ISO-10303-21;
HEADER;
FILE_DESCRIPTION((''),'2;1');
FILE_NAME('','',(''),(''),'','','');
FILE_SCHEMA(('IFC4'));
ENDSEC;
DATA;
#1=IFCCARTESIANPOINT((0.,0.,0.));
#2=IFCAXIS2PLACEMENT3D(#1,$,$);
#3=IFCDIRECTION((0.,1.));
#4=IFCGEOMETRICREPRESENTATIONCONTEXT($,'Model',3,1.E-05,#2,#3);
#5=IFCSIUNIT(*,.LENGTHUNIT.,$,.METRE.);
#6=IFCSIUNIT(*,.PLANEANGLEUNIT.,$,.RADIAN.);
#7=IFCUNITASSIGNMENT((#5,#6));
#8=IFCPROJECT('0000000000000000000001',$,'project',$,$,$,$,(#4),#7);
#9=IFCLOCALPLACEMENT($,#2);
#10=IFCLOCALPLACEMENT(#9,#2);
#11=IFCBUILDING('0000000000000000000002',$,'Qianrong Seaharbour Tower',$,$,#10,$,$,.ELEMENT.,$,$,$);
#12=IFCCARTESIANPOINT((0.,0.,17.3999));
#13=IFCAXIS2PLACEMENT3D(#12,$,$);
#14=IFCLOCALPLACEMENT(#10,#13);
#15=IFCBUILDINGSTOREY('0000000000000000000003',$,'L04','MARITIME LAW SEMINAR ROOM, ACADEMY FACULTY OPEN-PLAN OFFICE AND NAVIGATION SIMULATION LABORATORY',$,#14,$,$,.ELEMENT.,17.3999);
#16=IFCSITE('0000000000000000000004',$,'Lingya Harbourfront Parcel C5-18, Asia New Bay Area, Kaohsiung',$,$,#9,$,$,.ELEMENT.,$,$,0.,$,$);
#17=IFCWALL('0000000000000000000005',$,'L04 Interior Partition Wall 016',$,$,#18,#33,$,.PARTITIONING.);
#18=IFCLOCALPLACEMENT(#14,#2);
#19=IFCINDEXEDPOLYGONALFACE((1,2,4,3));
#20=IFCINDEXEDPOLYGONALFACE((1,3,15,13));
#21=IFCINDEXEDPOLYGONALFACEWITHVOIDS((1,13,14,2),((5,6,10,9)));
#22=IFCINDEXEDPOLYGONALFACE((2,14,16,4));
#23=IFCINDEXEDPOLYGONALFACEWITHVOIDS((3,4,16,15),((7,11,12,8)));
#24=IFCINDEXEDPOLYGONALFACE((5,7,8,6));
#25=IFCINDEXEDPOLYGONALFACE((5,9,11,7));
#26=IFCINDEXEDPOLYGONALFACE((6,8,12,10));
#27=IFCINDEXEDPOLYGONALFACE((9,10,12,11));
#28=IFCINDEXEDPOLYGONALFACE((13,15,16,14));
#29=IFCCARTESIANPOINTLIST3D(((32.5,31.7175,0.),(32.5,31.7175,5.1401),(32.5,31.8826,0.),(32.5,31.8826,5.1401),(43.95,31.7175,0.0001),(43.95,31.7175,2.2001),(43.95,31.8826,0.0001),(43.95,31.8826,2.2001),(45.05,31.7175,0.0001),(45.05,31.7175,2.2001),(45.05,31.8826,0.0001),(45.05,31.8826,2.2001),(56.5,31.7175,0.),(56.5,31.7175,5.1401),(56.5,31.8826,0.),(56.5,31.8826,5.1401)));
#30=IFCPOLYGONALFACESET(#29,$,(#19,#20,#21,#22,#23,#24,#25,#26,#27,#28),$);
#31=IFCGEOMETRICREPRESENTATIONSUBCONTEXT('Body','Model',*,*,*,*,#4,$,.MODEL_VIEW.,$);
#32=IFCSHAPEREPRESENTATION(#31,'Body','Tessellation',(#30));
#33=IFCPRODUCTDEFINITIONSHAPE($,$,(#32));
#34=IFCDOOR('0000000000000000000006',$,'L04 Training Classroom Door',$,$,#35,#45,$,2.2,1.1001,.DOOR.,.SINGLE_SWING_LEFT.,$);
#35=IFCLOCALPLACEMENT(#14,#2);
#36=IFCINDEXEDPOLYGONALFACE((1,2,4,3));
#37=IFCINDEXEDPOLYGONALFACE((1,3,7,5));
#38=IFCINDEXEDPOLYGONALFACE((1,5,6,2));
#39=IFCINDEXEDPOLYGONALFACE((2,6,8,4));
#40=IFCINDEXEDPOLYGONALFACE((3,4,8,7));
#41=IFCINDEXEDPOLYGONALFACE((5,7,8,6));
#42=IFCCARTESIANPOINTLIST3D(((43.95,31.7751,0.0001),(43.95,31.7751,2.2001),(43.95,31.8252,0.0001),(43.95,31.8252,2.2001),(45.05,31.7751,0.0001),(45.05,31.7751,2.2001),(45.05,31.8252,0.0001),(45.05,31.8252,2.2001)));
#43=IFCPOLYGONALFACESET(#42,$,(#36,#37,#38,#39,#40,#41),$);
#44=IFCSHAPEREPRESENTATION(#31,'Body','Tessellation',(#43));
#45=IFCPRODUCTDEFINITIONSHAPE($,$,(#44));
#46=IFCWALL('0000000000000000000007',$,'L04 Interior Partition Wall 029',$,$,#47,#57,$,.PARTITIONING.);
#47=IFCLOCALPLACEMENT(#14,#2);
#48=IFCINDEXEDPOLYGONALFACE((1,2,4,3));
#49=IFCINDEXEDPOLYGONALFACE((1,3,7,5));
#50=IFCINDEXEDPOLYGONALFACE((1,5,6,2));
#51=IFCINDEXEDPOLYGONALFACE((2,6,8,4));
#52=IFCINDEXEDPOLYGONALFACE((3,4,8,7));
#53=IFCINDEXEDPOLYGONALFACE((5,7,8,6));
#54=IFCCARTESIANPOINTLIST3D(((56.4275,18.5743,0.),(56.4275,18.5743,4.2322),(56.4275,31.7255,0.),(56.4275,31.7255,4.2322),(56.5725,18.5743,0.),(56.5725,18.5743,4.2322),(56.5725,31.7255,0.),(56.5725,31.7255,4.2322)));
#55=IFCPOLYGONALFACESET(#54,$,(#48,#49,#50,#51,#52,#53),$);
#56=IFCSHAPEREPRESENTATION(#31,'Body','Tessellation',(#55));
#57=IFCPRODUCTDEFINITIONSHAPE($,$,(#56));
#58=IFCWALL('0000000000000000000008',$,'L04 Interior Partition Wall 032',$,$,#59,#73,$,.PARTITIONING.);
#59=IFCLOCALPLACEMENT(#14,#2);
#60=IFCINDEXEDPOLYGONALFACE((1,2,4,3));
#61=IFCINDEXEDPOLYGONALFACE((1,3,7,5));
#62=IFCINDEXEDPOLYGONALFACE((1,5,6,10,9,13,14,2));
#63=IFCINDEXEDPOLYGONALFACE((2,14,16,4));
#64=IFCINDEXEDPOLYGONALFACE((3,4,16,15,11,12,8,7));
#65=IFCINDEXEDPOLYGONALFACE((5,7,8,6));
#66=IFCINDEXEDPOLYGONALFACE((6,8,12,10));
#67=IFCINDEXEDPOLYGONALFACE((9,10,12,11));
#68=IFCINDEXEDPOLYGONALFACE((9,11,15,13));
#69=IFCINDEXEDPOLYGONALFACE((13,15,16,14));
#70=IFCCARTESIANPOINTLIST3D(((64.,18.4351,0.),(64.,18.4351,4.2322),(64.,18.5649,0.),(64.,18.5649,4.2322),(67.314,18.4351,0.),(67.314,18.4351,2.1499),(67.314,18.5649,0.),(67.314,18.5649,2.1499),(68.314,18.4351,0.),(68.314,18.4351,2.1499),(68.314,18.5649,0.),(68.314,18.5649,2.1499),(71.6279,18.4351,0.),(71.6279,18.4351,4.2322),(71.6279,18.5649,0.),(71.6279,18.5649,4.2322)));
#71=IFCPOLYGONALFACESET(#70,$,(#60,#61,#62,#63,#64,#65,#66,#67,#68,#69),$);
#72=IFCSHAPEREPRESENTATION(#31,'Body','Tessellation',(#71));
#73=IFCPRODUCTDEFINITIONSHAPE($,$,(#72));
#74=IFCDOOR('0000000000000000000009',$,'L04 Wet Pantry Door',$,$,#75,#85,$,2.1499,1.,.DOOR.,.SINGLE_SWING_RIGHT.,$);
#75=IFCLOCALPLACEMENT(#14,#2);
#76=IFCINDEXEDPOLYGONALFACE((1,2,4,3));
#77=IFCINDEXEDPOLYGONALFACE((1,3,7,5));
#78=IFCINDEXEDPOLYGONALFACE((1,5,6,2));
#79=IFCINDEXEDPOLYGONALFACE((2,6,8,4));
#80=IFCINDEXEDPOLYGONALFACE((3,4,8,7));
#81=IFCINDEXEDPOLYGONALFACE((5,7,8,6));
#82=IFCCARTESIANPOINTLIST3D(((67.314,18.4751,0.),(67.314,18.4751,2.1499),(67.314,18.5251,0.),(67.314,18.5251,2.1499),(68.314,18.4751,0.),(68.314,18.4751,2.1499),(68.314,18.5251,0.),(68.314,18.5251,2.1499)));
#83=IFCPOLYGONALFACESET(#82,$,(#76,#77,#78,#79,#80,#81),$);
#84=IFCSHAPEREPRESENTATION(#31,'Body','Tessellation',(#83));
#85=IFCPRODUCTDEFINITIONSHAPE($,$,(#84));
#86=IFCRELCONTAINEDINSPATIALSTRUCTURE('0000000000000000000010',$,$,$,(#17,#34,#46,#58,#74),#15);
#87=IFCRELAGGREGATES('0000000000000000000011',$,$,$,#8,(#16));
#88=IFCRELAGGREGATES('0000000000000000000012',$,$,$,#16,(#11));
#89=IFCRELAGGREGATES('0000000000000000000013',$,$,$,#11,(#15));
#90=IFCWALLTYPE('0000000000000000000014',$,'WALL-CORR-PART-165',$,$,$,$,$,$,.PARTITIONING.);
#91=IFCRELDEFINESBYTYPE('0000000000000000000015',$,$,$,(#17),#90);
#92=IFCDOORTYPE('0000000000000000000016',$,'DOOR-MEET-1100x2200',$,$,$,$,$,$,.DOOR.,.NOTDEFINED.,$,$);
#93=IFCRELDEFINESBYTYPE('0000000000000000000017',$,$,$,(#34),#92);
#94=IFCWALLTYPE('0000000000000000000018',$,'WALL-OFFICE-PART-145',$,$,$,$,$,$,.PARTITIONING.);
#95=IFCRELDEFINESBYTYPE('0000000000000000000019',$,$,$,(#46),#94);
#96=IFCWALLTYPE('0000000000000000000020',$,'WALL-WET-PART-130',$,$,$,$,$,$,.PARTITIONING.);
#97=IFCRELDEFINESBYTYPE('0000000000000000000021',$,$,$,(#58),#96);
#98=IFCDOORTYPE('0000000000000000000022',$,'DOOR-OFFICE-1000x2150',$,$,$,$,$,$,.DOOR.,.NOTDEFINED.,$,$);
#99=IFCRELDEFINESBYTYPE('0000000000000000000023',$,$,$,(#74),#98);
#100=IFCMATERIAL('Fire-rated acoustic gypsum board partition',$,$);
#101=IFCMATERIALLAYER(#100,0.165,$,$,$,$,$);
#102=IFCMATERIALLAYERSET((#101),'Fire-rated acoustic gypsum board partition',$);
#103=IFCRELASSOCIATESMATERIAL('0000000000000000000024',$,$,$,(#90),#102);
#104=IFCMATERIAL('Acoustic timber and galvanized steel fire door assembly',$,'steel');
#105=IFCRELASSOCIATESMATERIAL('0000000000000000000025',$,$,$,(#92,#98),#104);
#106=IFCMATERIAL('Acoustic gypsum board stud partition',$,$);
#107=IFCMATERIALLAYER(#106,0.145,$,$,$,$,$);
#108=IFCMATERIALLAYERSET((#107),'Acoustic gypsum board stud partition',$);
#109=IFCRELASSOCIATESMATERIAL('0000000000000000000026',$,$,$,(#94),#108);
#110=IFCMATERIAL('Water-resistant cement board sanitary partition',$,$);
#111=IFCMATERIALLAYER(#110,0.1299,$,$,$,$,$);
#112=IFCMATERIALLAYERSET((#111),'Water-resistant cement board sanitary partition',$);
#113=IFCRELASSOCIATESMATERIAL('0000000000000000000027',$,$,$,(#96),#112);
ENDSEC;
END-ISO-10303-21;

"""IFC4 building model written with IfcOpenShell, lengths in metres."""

from ifc_helpers import new_model, si_unit, direction, frame, frame_2d, origin, place, context, subcontext, project, spatial, rectangle, extrude, material, layer, layer_set, type_object, element, fill, save


model = new_model("IFC4")

# Units and contexts
model_context = context("Model", 3, precision=1e-05, world=origin(), true_north=direction((0.0, 1.0)))
body_context = subcontext(model_context, "Body", "Model", "MODEL_VIEW")
ifc_project = project(units=[si_unit("LENGTHUNIT", "METRE"), si_unit("PLANEANGLEUNIT", "RADIAN")], contexts=[model_context])

# Site, building, storey
site_placement = place(None, origin())
site = spatial("IfcSite", under=ifc_project, at=site_placement, Name="Lingya Harbourfront Parcel C5-18, Asia New Bay Area, Kaohsiung", CompositionType="ELEMENT", RefElevation=0.0)
building_placement = place(site_placement, origin())
building = spatial("IfcBuilding", under=site, at=building_placement, Name="Qianrong Seaharbour Tower", CompositionType="ELEMENT")
storey_placement = place(building_placement, frame((0.0, 0.0, 17.3999)))
storey = spatial("IfcBuildingStorey", under=building, at=storey_placement, Name="L04", Description="MARITIME LAW SEMINAR ROOM, ACADEMY FACULTY OPEN-PLAN OFFICE AND NAVIGATION SIMULATION LABORATORY", CompositionType="ELEMENT", Elevation=17.3999)

# Wall, opening, door
ifc_material_1 = material(Name="Fire-rated acoustic gypsum board partition")
ifc_layer_1 = layer(ifc_material_1, 0.165)
ifc_layer_set_1 = layer_set([ifc_layer_1], Name="Fire-rated acoustic gypsum board partition")
wall_type_1 = type_object("IfcWallType", Name="WALL-CORR-PART-165", PredefinedType="PARTITIONING", material=ifc_layer_set_1)
wall_1_placement = place(storey_placement, frame((56.5, 31.8, 0.0), z_axis=(0.0, 0.0, 1.0), x_axis=(-1.0, 0.0, 0.0)))
wall_1 = element("IfcWall", 1, at=wall_1_placement, inside=storey, type_object=wall_type_1, Name="L04 Interior Partition Wall 016", PredefinedType="PARTITIONING", context=body_context, shape_type="SweptSolid", body=[
    extrude(rectangle(XDim=24.0, YDim=0.165, at=frame_2d((12.0, 0.0))), origin(), (0.0, 0.0, 1.0), 5.1401),
])
opening_1_placement = place(wall_1_placement, frame((11.45, 0.0, 0.0)))
opening_1 = element("IfcOpeningElement", 2, at=opening_1_placement, cuts=wall_1, PredefinedType="OPENING", context=body_context, shape_type="SweptSolid", body=[
    extrude(rectangle(XDim=1.1001, YDim=2.2, at=frame_2d((0.55, 1.1001))), frame((0.0, 0.0925, 0.0), z_axis=(0.0, -1.0, 0.0), x_axis=(1.0, 0.0, 0.0)), (0.0, 0.0, 1.0), 0.1851),
])
ifc_material_2 = material(Name="Acoustic timber and galvanized steel fire door assembly", Category="steel")
door_type_1 = type_object("IfcDoorType", Name="DOOR-MEET-1100x2200", OperationType="NOTDEFINED", PredefinedType="DOOR", material=ifc_material_2)
door_1_placement = place(opening_1_placement, origin())
door_1 = element("IfcDoor", 3, at=door_1_placement, inside=storey, type_object=door_type_1, Name="L04 Training Classroom Door", OperationType="SINGLE_SWING_LEFT", OverallHeight=2.2, OverallWidth=1.1001, PredefinedType="DOOR", context=body_context, shape_type="SweptSolid", body=[
    extrude(rectangle(XDim=1.1001, YDim=2.2, at=frame_2d((0.55, 1.1001))), frame((0.0, 0.0249, 0.0), z_axis=(0.0, -1.0, 0.0), x_axis=(1.0, 0.0, 0.0)), (0.0, 0.0, 1.0), 0.05),
])
fill(opening_1, door_1)

# Wall
ifc_material_3 = material(Name="Acoustic gypsum board stud partition")
ifc_layer_2 = layer(ifc_material_3, 0.145)
ifc_layer_set_2 = layer_set([ifc_layer_2], Name="Acoustic gypsum board stud partition")
wall_type_2 = type_object("IfcWallType", Name="WALL-OFFICE-PART-145", PredefinedType="PARTITIONING", material=ifc_layer_set_2)
wall_2_placement = place(storey_placement, frame((56.5, 31.7256, 0.0), z_axis=(0.0, 0.0, 1.0), x_axis=(0.0, -1.0, 0.0)))
element("IfcWall", 4, at=wall_2_placement, inside=storey, type_object=wall_type_2, Name="L04 Interior Partition Wall 029", PredefinedType="PARTITIONING", context=body_context, shape_type="SweptSolid", body=[
    extrude(rectangle(XDim=13.1511, YDim=0.145, at=frame_2d((6.5757, 0.0))), origin(), (0.0, 0.0, 1.0), 4.2322),
])

# Wall, opening, door
ifc_material_4 = material(Name="Water-resistant cement board sanitary partition")
ifc_layer_3 = layer(ifc_material_4, 0.1299)
ifc_layer_set_3 = layer_set([ifc_layer_3], Name="Water-resistant cement board sanitary partition")
wall_type_3 = type_object("IfcWallType", Name="WALL-WET-PART-130", PredefinedType="PARTITIONING", material=ifc_layer_set_3)
wall_3_placement = place(storey_placement, frame((71.6279, 18.5, 0.0), z_axis=(0.0, 0.0, 1.0), x_axis=(-1.0, 0.0, 0.0)))
wall_3 = element("IfcWall", 5, at=wall_3_placement, inside=storey, type_object=wall_type_3, Name="L04 Interior Partition Wall 032", PredefinedType="PARTITIONING", context=body_context, shape_type="SweptSolid", body=[
    extrude(rectangle(XDim=7.6279, YDim=0.1299, at=frame_2d((3.814, 0.0))), origin(), (0.0, 0.0, 1.0), 4.2322),
])
opening_2_placement = place(wall_3_placement, frame((3.314, 0.0, 0.0)))
opening_2 = element("IfcOpeningElement", 6, at=opening_2_placement, cuts=wall_3, PredefinedType="OPENING", context=body_context, shape_type="SweptSolid", body=[
    extrude(rectangle(XDim=1.0, YDim=2.1499, at=frame_2d((0.5, 1.075))), frame((0.0, 0.075, 0.0), z_axis=(0.0, -1.0, 0.0), x_axis=(1.0, 0.0, 0.0)), (0.0, 0.0, 1.0), 0.1499),
])
door_type_2 = type_object("IfcDoorType", Name="DOOR-OFFICE-1000x2150", OperationType="NOTDEFINED", PredefinedType="DOOR", material=ifc_material_2)
door_2_placement = place(opening_2_placement, origin())
door_2 = element("IfcDoor", 7, at=door_2_placement, inside=storey, type_object=door_type_2, Name="L04 Wet Pantry Door", OperationType="SINGLE_SWING_RIGHT", OverallHeight=2.1499, OverallWidth=1.0, PredefinedType="DOOR", context=body_context, shape_type="SweptSolid", body=[
    extrude(rectangle(XDim=1.0, YDim=2.1499, at=frame_2d((0.5, 1.075))), frame((0.0, 0.0249, 0.0), z_axis=(0.0, -1.0, 0.0), x_axis=(1.0, 0.0, 0.0)), (0.0, 0.0, 1.0), 0.05),
])
fill(opening_2, door_2)

save(model, "model.ifc")
